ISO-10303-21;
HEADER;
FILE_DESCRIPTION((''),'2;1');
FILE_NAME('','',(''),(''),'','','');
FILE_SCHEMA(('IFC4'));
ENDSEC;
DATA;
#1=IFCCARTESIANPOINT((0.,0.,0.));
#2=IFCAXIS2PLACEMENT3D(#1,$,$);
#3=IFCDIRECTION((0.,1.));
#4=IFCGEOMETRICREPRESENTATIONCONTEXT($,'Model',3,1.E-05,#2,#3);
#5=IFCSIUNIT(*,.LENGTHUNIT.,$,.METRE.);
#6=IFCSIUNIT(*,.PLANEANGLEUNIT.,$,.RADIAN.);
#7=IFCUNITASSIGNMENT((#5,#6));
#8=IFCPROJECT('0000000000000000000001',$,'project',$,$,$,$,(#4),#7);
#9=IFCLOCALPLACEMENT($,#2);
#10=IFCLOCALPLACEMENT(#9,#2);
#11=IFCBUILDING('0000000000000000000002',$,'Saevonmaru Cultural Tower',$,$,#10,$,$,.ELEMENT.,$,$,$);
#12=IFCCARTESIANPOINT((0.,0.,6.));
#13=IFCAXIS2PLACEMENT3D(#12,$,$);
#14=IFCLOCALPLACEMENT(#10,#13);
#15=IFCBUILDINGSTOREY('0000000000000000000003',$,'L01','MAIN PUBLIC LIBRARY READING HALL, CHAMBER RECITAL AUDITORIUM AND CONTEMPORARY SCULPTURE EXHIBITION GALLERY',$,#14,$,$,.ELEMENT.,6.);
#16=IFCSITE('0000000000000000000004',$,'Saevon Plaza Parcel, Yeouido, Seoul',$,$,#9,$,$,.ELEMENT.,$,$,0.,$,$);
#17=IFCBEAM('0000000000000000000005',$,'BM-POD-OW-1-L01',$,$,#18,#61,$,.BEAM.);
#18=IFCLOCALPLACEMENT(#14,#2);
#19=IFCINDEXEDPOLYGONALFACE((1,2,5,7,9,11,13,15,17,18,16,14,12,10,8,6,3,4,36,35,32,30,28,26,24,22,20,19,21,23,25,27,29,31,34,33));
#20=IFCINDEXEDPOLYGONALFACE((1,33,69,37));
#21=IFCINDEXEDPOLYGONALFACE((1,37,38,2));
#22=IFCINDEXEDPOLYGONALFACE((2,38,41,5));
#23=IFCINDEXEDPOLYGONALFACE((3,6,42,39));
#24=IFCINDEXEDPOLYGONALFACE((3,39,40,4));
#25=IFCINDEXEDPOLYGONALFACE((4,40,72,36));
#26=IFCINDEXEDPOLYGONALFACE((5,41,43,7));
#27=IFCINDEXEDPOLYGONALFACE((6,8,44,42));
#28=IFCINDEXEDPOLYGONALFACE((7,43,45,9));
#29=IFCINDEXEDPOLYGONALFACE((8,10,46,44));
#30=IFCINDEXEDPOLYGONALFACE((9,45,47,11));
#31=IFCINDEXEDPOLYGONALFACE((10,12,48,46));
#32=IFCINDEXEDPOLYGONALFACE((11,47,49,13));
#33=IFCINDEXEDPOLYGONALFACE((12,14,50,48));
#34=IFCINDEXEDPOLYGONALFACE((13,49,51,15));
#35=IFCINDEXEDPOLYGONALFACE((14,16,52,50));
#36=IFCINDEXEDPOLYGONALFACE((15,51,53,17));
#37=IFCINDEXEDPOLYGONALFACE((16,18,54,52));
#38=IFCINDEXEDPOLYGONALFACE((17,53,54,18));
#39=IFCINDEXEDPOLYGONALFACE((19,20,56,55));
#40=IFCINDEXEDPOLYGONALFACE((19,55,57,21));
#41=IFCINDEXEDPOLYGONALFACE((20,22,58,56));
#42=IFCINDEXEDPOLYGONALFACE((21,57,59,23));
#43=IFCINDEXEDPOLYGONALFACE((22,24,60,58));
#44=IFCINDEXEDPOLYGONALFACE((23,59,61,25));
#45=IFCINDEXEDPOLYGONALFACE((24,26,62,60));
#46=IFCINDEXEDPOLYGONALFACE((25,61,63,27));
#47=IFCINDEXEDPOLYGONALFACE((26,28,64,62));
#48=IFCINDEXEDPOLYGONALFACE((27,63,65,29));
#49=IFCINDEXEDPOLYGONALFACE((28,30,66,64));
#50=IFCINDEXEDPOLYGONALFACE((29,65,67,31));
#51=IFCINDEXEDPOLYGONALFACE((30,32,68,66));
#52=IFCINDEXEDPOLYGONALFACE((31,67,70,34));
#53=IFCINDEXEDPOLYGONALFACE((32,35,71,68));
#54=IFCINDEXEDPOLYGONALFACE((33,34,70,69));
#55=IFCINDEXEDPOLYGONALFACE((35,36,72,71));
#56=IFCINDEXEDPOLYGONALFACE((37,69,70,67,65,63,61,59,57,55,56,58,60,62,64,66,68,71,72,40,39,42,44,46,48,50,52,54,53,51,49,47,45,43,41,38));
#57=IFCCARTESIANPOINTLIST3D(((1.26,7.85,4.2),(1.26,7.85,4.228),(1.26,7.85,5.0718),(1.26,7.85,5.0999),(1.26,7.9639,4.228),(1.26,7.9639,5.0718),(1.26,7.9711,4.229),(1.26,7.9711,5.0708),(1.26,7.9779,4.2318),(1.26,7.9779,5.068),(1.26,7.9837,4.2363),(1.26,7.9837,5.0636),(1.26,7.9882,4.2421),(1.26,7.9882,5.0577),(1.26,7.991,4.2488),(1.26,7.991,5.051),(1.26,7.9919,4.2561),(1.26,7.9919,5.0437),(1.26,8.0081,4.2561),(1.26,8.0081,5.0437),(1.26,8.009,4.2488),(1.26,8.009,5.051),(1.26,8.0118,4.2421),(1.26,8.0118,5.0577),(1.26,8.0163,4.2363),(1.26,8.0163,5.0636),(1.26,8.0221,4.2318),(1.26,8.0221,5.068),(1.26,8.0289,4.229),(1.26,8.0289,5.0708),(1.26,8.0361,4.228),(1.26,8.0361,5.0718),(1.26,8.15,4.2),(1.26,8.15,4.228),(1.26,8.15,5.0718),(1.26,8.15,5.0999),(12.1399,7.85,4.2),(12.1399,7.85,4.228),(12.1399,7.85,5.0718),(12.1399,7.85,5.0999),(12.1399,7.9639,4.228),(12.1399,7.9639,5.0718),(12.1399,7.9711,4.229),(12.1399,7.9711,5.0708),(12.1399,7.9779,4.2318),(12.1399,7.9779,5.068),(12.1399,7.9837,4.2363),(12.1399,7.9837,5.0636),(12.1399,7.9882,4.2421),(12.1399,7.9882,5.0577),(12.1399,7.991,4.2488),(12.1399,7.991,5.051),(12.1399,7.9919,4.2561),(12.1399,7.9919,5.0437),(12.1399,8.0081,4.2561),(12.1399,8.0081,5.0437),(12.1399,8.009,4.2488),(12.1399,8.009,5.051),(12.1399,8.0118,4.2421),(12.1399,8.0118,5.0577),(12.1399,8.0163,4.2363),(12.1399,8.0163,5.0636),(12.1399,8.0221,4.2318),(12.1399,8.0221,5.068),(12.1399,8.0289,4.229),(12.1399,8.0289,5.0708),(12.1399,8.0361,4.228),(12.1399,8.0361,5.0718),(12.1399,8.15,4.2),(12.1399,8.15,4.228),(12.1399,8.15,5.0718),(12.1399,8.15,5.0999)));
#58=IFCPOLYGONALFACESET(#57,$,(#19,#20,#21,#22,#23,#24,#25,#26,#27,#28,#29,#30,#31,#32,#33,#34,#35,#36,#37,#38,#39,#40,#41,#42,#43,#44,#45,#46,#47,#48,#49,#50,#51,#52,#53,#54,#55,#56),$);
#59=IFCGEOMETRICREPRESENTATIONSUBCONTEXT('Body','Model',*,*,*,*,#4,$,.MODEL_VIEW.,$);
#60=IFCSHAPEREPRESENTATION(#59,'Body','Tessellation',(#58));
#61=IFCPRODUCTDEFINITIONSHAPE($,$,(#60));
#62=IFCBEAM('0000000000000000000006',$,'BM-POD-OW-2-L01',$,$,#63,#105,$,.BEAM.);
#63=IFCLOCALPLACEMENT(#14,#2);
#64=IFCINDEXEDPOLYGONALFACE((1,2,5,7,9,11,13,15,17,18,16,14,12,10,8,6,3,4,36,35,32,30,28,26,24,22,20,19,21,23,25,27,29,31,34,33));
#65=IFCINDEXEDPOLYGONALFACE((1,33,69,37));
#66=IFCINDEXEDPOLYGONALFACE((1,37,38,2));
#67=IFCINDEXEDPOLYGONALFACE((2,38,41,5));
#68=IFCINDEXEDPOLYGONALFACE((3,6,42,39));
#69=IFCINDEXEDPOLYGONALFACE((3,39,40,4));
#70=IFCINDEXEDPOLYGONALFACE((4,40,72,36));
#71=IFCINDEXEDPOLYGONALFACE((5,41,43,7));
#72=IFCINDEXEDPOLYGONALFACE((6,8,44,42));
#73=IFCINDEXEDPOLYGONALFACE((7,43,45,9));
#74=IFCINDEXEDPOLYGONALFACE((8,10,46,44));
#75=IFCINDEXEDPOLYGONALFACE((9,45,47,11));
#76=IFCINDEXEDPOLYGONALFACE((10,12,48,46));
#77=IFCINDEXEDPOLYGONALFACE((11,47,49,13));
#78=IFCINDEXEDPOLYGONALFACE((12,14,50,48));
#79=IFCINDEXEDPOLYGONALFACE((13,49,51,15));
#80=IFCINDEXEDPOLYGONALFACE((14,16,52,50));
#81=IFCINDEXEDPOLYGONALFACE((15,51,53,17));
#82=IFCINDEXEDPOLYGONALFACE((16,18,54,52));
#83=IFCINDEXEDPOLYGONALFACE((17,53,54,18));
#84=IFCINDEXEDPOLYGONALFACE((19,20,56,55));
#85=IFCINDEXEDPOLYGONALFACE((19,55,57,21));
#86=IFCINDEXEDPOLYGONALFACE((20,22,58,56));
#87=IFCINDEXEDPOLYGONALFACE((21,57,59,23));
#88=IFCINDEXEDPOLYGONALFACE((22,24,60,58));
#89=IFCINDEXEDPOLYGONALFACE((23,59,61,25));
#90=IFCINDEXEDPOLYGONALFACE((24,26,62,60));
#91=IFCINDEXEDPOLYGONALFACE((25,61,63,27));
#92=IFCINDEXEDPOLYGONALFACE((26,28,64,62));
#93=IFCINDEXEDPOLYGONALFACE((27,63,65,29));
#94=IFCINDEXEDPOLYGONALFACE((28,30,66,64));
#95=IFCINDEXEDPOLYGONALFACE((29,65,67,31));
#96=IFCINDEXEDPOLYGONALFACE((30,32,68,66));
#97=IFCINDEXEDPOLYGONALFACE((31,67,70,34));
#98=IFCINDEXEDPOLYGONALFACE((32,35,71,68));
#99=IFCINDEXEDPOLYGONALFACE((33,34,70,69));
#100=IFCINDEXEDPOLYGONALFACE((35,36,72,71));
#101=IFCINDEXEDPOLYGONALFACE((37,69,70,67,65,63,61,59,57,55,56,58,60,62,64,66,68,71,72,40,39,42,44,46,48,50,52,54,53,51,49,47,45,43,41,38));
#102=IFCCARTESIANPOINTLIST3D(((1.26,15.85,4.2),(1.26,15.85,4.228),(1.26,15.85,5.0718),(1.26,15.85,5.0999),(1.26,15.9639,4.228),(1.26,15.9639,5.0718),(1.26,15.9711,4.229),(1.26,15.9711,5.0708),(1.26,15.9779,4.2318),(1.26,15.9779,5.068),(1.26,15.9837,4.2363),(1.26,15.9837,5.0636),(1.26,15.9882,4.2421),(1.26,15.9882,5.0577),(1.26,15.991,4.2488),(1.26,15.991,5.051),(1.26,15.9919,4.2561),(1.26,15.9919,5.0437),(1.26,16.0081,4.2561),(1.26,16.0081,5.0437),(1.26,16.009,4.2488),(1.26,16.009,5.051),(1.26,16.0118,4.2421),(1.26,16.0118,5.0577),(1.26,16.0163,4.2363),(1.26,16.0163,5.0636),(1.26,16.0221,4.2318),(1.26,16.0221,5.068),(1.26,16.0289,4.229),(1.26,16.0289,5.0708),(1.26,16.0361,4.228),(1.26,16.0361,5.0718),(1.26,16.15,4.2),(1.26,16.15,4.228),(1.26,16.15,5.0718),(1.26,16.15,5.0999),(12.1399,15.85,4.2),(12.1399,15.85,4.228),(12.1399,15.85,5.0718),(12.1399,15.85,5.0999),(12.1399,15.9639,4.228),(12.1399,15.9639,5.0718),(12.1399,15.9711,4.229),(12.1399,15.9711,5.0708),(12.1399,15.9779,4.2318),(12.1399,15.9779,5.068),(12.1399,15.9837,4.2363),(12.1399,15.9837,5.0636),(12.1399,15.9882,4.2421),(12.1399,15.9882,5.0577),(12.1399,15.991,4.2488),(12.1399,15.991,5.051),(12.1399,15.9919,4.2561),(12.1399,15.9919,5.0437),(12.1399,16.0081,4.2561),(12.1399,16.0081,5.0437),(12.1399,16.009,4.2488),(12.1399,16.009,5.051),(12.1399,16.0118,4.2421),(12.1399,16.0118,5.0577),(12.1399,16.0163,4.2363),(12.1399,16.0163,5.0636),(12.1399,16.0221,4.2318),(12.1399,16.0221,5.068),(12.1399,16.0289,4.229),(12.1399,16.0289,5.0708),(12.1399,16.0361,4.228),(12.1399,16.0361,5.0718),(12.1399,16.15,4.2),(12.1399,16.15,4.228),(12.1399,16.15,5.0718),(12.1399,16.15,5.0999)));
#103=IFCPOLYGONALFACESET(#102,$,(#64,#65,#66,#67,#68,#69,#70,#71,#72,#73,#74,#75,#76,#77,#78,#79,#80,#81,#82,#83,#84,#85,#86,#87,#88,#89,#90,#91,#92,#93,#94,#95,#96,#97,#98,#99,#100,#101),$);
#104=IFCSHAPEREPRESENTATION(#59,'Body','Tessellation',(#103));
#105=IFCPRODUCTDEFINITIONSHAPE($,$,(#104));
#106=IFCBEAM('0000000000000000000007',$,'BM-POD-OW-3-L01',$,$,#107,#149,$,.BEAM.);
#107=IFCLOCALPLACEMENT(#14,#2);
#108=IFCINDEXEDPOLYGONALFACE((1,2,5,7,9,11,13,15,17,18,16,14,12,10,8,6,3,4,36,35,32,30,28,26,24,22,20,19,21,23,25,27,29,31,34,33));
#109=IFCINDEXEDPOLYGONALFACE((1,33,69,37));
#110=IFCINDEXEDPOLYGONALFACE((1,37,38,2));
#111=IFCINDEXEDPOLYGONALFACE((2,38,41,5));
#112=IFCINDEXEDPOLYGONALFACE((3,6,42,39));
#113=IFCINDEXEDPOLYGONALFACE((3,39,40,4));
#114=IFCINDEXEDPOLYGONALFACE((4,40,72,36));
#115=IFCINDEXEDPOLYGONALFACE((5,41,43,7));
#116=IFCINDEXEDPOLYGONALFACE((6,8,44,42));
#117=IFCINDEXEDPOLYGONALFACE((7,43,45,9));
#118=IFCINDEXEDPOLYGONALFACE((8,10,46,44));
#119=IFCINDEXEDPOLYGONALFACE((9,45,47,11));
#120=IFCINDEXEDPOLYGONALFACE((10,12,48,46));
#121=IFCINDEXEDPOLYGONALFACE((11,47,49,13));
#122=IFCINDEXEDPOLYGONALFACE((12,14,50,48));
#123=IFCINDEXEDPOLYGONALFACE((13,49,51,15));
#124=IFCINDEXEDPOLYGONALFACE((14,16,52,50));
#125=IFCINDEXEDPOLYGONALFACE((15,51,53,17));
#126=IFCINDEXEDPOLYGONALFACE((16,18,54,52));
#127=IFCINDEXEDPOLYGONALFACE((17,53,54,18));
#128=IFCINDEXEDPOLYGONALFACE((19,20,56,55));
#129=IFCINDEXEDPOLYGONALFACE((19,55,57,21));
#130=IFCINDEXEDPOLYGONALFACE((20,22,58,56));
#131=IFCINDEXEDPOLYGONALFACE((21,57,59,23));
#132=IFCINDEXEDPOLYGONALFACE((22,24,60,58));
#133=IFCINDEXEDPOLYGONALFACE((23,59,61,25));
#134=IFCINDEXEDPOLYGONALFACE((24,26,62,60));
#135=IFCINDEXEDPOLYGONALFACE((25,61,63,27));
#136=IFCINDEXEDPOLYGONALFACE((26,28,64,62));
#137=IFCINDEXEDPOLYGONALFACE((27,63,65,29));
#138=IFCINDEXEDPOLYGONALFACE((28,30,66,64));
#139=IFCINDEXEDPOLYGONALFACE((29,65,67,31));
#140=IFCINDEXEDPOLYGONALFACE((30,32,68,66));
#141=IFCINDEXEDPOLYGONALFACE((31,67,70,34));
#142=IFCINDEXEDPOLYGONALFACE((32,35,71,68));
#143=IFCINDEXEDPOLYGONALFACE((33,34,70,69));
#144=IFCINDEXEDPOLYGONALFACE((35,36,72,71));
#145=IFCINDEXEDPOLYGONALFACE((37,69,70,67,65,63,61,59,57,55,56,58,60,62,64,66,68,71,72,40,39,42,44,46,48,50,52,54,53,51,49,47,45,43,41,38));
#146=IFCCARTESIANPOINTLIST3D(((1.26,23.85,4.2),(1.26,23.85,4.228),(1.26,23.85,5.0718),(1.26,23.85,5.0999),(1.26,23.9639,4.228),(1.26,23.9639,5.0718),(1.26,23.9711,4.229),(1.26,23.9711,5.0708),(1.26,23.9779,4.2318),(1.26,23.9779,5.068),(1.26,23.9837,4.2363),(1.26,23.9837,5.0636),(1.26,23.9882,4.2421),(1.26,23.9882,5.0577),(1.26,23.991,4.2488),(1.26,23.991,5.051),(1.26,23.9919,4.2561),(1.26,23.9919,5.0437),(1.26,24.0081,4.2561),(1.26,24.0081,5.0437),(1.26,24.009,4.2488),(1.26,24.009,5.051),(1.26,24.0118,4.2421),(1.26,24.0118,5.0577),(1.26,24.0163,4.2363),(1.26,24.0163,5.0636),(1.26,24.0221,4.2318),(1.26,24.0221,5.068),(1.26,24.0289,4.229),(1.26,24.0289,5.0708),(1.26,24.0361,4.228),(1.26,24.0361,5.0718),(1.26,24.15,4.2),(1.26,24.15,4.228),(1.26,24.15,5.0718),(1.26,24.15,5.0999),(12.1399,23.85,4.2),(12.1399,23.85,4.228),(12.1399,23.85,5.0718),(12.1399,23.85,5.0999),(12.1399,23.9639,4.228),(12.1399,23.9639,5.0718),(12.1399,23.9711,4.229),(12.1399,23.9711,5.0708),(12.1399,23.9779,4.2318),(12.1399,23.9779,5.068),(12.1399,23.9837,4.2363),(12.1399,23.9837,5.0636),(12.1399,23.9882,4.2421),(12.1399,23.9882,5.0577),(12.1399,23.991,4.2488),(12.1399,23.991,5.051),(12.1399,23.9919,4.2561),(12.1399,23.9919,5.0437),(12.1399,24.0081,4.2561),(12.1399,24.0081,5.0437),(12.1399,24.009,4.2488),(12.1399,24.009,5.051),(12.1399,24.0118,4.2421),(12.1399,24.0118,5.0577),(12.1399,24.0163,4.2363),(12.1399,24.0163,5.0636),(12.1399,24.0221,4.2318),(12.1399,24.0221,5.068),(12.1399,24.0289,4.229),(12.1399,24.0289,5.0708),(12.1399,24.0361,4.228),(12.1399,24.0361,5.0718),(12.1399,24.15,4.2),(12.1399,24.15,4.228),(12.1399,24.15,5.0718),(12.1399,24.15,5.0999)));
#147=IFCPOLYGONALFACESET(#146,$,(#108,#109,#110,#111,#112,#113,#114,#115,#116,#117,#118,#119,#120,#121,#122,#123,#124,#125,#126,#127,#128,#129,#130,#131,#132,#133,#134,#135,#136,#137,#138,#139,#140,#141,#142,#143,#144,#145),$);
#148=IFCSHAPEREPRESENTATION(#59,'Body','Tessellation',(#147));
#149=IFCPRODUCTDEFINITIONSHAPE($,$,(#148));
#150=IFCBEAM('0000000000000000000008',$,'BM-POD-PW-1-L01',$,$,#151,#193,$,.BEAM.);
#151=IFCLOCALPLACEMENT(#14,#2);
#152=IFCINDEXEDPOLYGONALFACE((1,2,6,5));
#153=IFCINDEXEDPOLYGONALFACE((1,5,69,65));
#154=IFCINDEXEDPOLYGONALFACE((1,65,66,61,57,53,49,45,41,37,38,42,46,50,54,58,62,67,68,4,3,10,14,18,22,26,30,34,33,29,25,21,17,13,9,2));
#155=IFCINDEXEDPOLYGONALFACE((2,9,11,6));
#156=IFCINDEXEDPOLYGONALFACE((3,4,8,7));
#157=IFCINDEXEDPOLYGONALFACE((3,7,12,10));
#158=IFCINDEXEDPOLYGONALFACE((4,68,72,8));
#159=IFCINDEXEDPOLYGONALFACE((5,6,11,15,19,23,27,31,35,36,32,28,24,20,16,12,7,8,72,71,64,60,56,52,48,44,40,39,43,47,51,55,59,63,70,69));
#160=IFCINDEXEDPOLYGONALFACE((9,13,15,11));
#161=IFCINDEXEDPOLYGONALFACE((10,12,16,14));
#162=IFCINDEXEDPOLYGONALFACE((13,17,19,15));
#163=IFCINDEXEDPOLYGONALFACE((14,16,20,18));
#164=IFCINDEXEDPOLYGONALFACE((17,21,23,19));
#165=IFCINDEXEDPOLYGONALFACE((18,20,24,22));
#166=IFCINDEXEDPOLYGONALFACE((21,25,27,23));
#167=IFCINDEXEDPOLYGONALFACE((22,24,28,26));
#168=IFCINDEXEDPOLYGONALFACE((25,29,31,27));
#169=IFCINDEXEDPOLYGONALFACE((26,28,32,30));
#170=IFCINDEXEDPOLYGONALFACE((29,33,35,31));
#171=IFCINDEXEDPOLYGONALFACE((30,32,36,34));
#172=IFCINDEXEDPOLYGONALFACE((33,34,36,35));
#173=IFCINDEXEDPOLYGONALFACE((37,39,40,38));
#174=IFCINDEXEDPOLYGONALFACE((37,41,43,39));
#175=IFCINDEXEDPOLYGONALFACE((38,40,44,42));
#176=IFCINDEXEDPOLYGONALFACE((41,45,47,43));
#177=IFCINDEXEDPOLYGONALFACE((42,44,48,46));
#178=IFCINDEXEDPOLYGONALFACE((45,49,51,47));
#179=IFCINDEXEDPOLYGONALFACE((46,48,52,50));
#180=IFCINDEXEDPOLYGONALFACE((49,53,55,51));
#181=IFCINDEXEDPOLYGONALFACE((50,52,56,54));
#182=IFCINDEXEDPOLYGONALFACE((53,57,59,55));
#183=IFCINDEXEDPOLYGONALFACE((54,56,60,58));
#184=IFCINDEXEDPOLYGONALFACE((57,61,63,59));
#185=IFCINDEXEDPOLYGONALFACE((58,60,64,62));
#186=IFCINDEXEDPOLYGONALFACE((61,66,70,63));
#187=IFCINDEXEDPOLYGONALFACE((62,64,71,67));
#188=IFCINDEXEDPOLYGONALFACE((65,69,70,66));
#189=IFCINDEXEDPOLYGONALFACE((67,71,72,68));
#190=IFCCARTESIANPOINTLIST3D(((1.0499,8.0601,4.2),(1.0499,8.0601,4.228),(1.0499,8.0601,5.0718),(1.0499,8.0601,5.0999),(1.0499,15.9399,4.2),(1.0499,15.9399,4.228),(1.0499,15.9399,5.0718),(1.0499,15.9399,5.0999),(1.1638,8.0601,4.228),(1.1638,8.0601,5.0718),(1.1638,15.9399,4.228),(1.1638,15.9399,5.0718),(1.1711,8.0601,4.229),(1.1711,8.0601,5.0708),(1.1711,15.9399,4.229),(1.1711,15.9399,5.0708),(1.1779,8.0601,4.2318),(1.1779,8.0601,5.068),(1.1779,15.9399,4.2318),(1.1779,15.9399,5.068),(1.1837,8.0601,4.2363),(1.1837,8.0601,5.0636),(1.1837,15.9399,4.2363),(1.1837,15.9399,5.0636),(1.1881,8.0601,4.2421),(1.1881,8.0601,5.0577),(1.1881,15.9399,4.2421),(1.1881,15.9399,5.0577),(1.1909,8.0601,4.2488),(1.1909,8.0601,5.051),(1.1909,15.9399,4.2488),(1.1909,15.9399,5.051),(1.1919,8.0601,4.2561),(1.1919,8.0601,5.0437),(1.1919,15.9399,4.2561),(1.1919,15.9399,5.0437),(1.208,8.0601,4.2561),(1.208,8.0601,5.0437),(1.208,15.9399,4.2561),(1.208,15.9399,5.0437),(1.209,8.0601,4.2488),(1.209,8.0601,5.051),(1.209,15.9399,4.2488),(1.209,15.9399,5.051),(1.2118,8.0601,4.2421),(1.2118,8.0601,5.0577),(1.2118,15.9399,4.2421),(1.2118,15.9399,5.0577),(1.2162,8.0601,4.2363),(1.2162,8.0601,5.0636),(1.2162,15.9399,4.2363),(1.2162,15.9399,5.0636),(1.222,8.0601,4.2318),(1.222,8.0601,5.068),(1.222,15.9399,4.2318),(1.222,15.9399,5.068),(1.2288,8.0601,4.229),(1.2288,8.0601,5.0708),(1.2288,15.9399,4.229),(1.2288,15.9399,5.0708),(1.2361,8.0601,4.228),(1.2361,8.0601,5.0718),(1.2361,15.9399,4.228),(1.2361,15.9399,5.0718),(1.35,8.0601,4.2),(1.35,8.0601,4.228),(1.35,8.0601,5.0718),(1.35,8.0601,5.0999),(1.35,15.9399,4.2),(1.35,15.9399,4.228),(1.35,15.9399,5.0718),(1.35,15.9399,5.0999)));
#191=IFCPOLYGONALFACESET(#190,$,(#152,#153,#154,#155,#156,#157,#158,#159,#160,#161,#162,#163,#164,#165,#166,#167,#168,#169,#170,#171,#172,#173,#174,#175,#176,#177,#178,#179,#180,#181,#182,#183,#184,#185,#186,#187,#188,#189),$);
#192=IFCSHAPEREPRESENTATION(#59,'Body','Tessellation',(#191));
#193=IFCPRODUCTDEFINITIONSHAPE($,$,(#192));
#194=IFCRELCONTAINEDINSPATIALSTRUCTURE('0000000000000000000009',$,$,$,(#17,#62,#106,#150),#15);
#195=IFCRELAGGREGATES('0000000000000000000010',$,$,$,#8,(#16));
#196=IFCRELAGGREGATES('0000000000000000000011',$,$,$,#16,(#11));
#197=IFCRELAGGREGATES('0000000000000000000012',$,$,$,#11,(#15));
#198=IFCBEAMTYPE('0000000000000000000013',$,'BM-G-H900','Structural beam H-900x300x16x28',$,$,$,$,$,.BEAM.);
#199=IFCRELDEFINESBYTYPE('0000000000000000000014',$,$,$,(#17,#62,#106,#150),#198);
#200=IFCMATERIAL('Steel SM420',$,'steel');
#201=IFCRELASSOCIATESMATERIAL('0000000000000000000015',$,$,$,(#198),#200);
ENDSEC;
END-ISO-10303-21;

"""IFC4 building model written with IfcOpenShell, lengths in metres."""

from ifc_helpers import new_model, si_unit, direction, frame, origin, origin_2d, place, context, subcontext, project, spatial, i_section, extrude, material, material_profile, profile_set, type_object, element, save


model = new_model("IFC4")

# Units and contexts
model_context = context("Model", 3, precision=1e-05, world=origin(), true_north=direction((0.0, 1.0)))
body_context = subcontext(model_context, "Body", "Model", "MODEL_VIEW")
ifc_project = project(units=[si_unit("LENGTHUNIT", "METRE"), si_unit("PLANEANGLEUNIT", "RADIAN")], contexts=[model_context])

# Site, building, storey
site_placement = place(None, origin())
site = spatial("IfcSite", under=ifc_project, at=site_placement, Name="Saevon Plaza Parcel, Yeouido, Seoul", CompositionType="ELEMENT", RefElevation=0.0)
building_placement = place(site_placement, origin())
building = spatial("IfcBuilding", under=site, at=building_placement, Name="Saevonmaru Cultural Tower", CompositionType="ELEMENT")
storey_placement = place(building_placement, frame((0.0, 0.0, 6.0)))
storey = spatial("IfcBuildingStorey", under=building, at=storey_placement, Name="L01", Description="MAIN PUBLIC LIBRARY READING HALL, CHAMBER RECITAL AUDITORIUM AND CONTEMPORARY SCULPTURE EXHIBITION GALLERY", CompositionType="ELEMENT", Elevation=6.0)

# Shared definitions
ifc_material_1 = material(Name="Steel SM420", Category="steel")

# Beams
ifc_material_profile_1 = material_profile(ifc_material_1, i_section(OverallWidth=0.3, OverallDepth=0.8999, WebThickness=0.0161, FlangeThickness=0.0281, FilletRadius=0.0281, at=origin_2d()), Name="H-900x300x16x28")
ifc_profile_set_1 = profile_set([ifc_material_profile_1], Name="Steel SM420")
beam_type_1 = type_object("IfcBeamType", Name="BM-G-H900", Description="Structural beam H-900x300x16x28", PredefinedType="BEAM", material=ifc_profile_set_1)
for number, where, z_axis, x_axis, name in (
    (1, (1.26, 8.0, 4.6499), (1.0, 0.0, 0.0), (0.0, 1.0, 0.0), "BM-POD-OW-1-L01"),
    (2, (1.26, 16.0, 4.6499), (1.0, 0.0, 0.0), (0.0, 1.0, 0.0), "BM-POD-OW-2-L01"),
    (3, (1.26, 24.0, 4.6499), (1.0, 0.0, 0.0), (0.0, 1.0, 0.0), "BM-POD-OW-3-L01"),
):
    element("IfcBeam", number, at=place(storey_placement, frame(where, z_axis=z_axis, x_axis=x_axis)), inside=storey, type_object=beam_type_1, Name=name, PredefinedType="BEAM", context=body_context, shape_type="SweptSolid", body=[
        extrude(i_section(OverallWidth=0.3, OverallDepth=0.8999, WebThickness=0.0161, FlangeThickness=0.0281, FilletRadius=0.0281, at=origin_2d()), origin(), (0.0, 0.0, 1.0), 10.8799),
    ])
for number, where, z_axis, x_axis, name in (
    (4, (1.2, 8.0601, 4.6499), (0.0, 1.0, 0.0), (-1.0, 0.0, 0.0), "BM-POD-PW-1-L01"),
):
    element("IfcBeam", number, at=place(storey_placement, frame(where, z_axis=z_axis, x_axis=x_axis)), inside=storey, type_object=beam_type_1, Name=name, PredefinedType="BEAM", context=body_context, shape_type="SweptSolid", body=[
        extrude(i_section(OverallWidth=0.3, OverallDepth=0.8999, WebThickness=0.0161, FlangeThickness=0.0281, FilletRadius=0.0281, at=origin_2d()), origin(), (0.0, 0.0, 1.0), 7.8799),
    ])

save(model, "model.ifc")
